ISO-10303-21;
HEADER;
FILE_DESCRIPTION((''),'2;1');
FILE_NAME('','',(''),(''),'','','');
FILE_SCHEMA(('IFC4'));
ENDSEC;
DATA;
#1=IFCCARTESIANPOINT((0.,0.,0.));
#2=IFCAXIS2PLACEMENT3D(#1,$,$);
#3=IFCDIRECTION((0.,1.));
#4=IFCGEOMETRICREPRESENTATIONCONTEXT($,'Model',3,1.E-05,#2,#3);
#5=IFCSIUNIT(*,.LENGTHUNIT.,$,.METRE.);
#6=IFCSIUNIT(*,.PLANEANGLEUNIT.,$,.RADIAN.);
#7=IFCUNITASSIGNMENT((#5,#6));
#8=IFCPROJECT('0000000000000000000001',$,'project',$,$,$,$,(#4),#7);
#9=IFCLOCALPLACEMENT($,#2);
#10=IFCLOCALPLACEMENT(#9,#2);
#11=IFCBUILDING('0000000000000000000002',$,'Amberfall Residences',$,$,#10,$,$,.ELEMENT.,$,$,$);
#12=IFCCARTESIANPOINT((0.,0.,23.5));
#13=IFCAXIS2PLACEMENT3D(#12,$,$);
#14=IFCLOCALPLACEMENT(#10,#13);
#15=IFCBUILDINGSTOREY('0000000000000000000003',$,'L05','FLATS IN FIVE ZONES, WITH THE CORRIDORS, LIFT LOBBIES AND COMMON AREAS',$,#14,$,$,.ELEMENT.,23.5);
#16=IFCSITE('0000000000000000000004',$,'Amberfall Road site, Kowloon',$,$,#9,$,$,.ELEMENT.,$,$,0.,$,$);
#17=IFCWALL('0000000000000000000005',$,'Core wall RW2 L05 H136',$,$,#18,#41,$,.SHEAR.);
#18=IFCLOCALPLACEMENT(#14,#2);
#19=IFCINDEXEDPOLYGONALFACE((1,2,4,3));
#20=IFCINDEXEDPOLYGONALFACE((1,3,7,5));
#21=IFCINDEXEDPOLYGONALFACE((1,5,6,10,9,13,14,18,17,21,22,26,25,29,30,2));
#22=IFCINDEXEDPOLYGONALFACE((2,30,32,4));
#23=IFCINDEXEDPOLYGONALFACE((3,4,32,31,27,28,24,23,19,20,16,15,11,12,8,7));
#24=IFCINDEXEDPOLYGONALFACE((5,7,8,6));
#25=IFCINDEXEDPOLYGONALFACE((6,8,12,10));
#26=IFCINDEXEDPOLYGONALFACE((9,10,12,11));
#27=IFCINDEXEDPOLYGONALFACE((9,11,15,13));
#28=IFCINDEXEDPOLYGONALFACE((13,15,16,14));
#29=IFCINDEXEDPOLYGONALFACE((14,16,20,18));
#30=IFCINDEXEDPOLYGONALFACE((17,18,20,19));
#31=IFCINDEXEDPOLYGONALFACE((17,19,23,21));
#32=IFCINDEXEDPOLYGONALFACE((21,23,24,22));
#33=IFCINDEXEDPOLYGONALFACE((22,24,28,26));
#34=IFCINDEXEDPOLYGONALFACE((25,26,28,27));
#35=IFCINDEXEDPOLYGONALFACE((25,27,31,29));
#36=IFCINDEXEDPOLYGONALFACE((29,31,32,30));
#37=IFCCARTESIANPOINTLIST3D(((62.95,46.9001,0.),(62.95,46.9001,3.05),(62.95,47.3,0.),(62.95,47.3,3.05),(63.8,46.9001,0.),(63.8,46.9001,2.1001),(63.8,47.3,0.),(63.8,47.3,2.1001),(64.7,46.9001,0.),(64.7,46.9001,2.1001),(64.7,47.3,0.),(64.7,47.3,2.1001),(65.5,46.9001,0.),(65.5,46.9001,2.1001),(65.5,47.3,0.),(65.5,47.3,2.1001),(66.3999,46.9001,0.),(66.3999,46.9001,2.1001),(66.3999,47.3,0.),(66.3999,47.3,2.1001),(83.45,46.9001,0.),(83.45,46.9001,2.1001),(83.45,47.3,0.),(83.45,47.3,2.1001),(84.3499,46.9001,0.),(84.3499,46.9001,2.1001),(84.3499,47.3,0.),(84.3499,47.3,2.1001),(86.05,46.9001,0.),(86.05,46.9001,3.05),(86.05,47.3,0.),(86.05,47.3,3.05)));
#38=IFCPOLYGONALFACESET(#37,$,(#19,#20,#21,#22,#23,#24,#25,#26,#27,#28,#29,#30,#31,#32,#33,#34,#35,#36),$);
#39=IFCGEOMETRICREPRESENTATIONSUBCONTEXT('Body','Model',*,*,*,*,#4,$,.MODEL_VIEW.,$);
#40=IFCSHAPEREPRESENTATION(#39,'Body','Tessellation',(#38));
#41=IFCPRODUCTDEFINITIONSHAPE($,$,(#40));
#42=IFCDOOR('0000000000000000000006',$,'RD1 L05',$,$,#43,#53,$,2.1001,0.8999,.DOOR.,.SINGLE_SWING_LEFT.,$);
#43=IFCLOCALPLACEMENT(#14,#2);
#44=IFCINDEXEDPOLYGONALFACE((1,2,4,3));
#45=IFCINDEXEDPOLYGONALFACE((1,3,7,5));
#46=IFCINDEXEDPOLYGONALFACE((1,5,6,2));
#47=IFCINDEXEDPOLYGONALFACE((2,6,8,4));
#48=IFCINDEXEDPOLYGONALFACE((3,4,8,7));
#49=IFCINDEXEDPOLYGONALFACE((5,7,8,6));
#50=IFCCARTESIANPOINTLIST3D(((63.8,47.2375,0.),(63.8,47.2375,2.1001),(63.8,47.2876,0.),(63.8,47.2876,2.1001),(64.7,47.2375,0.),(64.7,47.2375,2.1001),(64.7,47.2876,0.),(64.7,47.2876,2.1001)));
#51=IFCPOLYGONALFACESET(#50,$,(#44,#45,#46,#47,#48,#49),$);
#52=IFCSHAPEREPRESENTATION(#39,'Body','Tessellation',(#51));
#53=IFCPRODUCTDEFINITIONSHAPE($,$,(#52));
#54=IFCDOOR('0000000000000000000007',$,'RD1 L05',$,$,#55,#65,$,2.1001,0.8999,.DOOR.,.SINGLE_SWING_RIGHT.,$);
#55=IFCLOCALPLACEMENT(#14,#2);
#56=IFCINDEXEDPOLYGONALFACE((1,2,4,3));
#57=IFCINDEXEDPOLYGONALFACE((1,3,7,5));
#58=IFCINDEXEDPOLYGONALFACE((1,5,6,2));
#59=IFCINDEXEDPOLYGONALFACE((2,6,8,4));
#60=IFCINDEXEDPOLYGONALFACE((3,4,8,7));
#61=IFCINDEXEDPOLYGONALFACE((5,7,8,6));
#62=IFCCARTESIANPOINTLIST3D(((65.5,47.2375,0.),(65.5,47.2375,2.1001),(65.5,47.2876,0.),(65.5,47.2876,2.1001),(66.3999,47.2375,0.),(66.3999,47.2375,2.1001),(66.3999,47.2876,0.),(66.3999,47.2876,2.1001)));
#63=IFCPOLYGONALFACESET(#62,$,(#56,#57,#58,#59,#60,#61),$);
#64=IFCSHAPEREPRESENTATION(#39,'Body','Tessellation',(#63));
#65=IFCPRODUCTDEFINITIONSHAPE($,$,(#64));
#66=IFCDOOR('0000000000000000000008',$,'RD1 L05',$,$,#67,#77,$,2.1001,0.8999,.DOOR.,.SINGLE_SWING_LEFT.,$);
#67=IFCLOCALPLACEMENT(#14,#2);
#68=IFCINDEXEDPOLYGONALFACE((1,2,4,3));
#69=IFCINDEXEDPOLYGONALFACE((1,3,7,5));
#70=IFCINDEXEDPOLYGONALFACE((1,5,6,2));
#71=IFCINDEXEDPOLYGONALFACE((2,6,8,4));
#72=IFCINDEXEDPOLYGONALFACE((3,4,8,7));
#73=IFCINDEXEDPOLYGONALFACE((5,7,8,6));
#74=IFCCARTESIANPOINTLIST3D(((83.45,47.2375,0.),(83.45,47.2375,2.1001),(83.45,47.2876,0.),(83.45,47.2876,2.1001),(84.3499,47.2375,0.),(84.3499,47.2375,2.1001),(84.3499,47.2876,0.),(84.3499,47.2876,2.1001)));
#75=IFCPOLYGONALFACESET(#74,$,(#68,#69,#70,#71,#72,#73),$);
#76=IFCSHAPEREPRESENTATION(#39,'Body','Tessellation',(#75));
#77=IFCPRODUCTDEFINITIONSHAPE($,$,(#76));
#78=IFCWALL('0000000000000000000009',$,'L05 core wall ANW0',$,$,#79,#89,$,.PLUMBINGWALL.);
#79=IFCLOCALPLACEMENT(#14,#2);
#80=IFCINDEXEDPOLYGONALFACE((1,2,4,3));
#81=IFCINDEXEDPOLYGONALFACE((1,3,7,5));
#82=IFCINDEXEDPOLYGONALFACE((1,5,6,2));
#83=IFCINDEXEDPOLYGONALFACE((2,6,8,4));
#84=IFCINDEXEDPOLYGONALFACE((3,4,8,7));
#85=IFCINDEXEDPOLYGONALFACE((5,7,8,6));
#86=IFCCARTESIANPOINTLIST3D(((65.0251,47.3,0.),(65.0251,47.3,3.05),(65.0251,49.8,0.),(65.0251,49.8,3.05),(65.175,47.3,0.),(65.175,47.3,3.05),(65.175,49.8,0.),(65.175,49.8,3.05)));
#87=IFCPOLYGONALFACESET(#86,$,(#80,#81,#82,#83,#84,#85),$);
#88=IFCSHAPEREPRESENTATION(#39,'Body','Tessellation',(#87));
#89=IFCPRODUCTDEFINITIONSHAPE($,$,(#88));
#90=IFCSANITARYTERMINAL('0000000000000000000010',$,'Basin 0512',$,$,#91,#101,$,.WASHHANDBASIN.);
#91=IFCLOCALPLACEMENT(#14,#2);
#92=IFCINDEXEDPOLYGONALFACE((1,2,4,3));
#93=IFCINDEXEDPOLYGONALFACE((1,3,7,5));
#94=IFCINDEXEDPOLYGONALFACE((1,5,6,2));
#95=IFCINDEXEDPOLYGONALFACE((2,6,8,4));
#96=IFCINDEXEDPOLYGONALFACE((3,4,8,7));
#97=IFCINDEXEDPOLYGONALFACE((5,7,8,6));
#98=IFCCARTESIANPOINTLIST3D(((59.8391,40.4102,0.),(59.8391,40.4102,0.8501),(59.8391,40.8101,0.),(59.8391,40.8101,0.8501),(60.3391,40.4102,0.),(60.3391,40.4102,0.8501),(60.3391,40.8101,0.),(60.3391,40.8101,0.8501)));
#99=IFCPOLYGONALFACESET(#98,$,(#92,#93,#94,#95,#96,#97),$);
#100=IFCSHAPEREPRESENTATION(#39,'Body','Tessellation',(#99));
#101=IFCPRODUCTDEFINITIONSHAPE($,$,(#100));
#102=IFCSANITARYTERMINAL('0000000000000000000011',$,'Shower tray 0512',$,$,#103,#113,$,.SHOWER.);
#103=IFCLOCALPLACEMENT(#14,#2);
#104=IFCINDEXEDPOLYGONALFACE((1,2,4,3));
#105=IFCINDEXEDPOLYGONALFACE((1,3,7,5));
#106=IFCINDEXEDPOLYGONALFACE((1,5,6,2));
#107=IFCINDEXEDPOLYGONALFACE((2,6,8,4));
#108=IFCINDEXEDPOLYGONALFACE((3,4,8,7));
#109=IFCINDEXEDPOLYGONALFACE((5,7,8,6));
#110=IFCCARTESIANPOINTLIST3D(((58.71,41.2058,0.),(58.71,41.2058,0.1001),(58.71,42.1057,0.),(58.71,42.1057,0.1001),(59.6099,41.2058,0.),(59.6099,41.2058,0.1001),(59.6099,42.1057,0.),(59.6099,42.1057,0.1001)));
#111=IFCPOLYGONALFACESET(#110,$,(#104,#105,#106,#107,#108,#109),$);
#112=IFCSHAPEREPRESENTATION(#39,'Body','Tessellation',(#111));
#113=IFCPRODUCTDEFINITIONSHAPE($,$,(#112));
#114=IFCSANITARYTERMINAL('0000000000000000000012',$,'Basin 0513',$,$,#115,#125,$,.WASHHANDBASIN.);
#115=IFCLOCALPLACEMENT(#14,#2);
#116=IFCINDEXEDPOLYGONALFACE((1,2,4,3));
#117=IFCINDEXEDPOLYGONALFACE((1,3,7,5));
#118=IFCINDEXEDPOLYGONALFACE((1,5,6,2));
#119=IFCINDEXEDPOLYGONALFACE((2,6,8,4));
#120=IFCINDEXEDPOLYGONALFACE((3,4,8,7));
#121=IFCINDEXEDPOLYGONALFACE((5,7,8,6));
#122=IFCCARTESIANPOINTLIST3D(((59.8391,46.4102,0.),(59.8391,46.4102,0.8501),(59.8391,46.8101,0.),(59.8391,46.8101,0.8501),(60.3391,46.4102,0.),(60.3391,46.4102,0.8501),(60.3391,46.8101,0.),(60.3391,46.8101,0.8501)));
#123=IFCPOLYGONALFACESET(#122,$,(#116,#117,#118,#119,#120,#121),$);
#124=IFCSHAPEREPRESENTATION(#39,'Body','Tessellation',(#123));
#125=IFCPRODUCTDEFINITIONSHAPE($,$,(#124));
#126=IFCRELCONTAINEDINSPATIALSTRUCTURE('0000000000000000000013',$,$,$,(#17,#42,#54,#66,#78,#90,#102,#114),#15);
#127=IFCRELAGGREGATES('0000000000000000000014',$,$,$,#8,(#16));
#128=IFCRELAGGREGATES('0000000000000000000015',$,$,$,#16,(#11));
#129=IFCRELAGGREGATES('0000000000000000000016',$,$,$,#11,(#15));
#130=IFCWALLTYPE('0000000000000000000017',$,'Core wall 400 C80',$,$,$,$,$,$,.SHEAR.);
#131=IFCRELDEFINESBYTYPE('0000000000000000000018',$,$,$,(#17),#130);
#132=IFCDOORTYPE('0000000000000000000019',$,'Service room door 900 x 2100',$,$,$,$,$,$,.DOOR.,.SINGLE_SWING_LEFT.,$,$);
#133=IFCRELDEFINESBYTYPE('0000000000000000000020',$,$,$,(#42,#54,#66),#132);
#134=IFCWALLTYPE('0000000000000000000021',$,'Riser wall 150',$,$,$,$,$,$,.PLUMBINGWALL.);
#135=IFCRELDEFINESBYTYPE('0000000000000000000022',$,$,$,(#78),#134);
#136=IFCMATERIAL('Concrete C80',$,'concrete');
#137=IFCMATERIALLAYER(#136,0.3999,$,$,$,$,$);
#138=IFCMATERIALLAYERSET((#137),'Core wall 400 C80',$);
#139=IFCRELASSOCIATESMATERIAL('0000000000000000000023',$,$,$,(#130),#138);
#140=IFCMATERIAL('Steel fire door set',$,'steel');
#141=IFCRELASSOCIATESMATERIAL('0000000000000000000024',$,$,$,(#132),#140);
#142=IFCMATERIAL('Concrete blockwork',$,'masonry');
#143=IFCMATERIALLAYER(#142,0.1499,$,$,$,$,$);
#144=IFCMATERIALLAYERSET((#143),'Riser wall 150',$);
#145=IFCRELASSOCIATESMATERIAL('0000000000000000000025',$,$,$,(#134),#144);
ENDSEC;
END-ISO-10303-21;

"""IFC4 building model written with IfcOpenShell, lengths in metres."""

from ifc_helpers import new_model, si_unit, direction, frame, frame_2d, origin, origin_2d, place, context, subcontext, project, spatial, rectangle, extrude, material, layer, layer_set, type_object, element, fill, save


model = new_model("IFC4")

# Units and contexts
model_context = context("Model", 3, precision=1e-05, world=origin(), true_north=direction((0.0, 1.0)))
body_context = subcontext(model_context, "Body", "Model", "MODEL_VIEW")
ifc_project = project(units=[si_unit("LENGTHUNIT", "METRE"), si_unit("PLANEANGLEUNIT", "RADIAN")], contexts=[model_context])

# Site, building, storey
site_placement = place(None, origin())
site = spatial("IfcSite", under=ifc_project, at=site_placement, Name="Amberfall Road site, Kowloon", CompositionType="ELEMENT", RefElevation=0.0)
building_placement = place(site_placement, origin())
building = spatial("IfcBuilding", under=site, at=building_placement, Name="Amberfall Residences", CompositionType="ELEMENT")
storey_placement = place(building_placement, frame((0.0, 0.0, 23.5)))
storey = spatial("IfcBuildingStorey", under=building, at=storey_placement, Name="L05", Description="FLATS IN FIVE ZONES, WITH THE CORRIDORS, LIFT LOBBIES AND COMMON AREAS", CompositionType="ELEMENT", Elevation=23.5)

# Shared definitions
ifc_material_1 = material(Name="Concrete C80", Category="concrete")
ifc_layer_1 = layer(ifc_material_1, 0.3999)
ifc_layer_set_1 = layer_set([ifc_layer_1], Name="Core wall 400 C80")
wall_type_1 = type_object("IfcWallType", Name="Core wall 400 C80", PredefinedType="SHEAR", material=ifc_layer_set_1)

# Wall, openings, doors
ifc_material_2 = material(Name="Steel fire door set", Category="steel")
door_type_1 = type_object("IfcDoorType", Name="Service room door 900 x 2100", OperationType="SINGLE_SWING_LEFT", PredefinedType="DOOR", material=ifc_material_2)
wall_1_placement = place(storey_placement, frame((62.95, 47.1001, 0.0), z_axis=(0.0, 0.0, 1.0), x_axis=(1.0, 0.0, 0.0)))
wall_1 = element("IfcWall", 1, at=wall_1_placement, inside=storey, type_object=wall_type_1, Name="Core wall RW2 L05 H136", PredefinedType="SHEAR", context=body_context, shape_type="SweptSolid", body=[
    extrude(rectangle(XDim=23.1001, YDim=0.3999, at=frame_2d((11.55, 0.0))), origin(), (0.0, 0.0, 1.0), 3.05),
])
opening_1_placement = place(wall_1_placement, frame((0.8501, 0.0, 0.0)))
opening_1 = element("IfcOpeningElement", 2, at=opening_1_placement, cuts=wall_1, PredefinedType="OPENING", context=body_context, shape_type="SweptSolid", body=[
    extrude(rectangle(XDim=0.8999, YDim=2.1001, at=frame_2d((0.45, 1.05))), frame((0.0, 0.21, 0.0), z_axis=(0.0, -1.0, 0.0), x_axis=(1.0, 0.0, 0.0)), (0.0, 0.0, 1.0), 0.4199),
])
opening_2_placement = place(wall_1_placement, frame((2.55, 0.0, 0.0)))
opening_2 = element("IfcOpeningElement", 3, at=opening_2_placement, cuts=wall_1, PredefinedType="OPENING", context=body_context, shape_type="SweptSolid", body=[
    extrude(rectangle(XDim=0.8999, YDim=2.1001, at=frame_2d((0.45, 1.05))), frame((0.0, 0.21, 0.0), z_axis=(0.0, -1.0, 0.0), x_axis=(1.0, 0.0, 0.0)), (0.0, 0.0, 1.0), 0.4199),
])
opening_3_placement = place(wall_1_placement, frame((20.5, 0.0, 0.0)))
opening_3 = element("IfcOpeningElement", 4, at=opening_3_placement, cuts=wall_1, PredefinedType="OPENING", context=body_context, shape_type="SweptSolid", body=[
    extrude(rectangle(XDim=0.8999, YDim=2.1001, at=frame_2d((0.45, 1.05))), frame((0.0, 0.21, 0.0), z_axis=(0.0, -1.0, 0.0), x_axis=(1.0, 0.0, 0.0)), (0.0, 0.0, 1.0), 0.4199),
])
door_1_placement = place(opening_1_placement, origin())
door_1 = element("IfcDoor", 5, at=door_1_placement, inside=storey, type_object=door_type_1, Name="RD1 L05", OperationType="SINGLE_SWING_LEFT", OverallHeight=2.1001, OverallWidth=0.8999, PredefinedType="DOOR", context=body_context, shape_type="SweptSolid", body=[
    extrude(rectangle(XDim=0.8999, YDim=2.1001, at=frame_2d((0.45, 1.05))), frame((0.0, 0.1875, 0.0), z_axis=(0.0, -1.0, 0.0), x_axis=(1.0, 0.0, 0.0)), (0.0, 0.0, 1.0), 0.05),
])
fill(opening_1, door_1)
door_2_placement = place(opening_2_placement, origin())
door_2 = element("IfcDoor", 6, at=door_2_placement, inside=storey, type_object=door_type_1, Name="RD1 L05", OperationType="SINGLE_SWING_RIGHT", OverallHeight=2.1001, OverallWidth=0.8999, PredefinedType="DOOR", context=body_context, shape_type="SweptSolid", body=[
    extrude(rectangle(XDim=0.8999, YDim=2.1001, at=frame_2d((0.45, 1.05))), frame((0.0, 0.1875, 0.0), z_axis=(0.0, -1.0, 0.0), x_axis=(1.0, 0.0, 0.0)), (0.0, 0.0, 1.0), 0.05),
])
fill(opening_2, door_2)
door_3_placement = place(opening_3_placement, origin())
door_3 = element("IfcDoor", 7, at=door_3_placement, inside=storey, type_object=door_type_1, Name="RD1 L05", OperationType="SINGLE_SWING_LEFT", OverallHeight=2.1001, OverallWidth=0.8999, PredefinedType="DOOR", context=body_context, shape_type="SweptSolid", body=[
    extrude(rectangle(XDim=0.8999, YDim=2.1001, at=frame_2d((0.45, 1.05))), frame((0.0, 0.1875, 0.0), z_axis=(0.0, -1.0, 0.0), x_axis=(1.0, 0.0, 0.0)), (0.0, 0.0, 1.0), 0.05),
])
fill(opening_3, door_3)

# Wall
ifc_material_3 = material(Name="Concrete blockwork", Category="masonry")
ifc_layer_2 = layer(ifc_material_3, 0.1499)
ifc_layer_set_2 = layer_set([ifc_layer_2], Name="Riser wall 150")
wall_type_2 = type_object("IfcWallType", Name="Riser wall 150", PredefinedType="PLUMBINGWALL", material=ifc_layer_set_2)
wall_2_placement = place(storey_placement, frame((65.1001, 47.3, 0.0), z_axis=(0.0, 0.0, 1.0), x_axis=(0.0, 1.0, 0.0)))
element("IfcWall", 8, at=wall_2_placement, inside=storey, type_object=wall_type_2, Name="L05 core wall ANW0", PredefinedType="PLUMBINGWALL", context=body_context, shape_type="SweptSolid", body=[
    extrude(rectangle(XDim=2.5, YDim=0.1499, at=frame_2d((1.25, 0.0))), origin(), (0.0, 0.0, 1.0), 3.05),
])

# Sanitary terminals
sanitary_terminal_1_placement = place(storey_placement, frame((60.0891, 40.6101, 0.0), z_axis=(0.0, 0.0, 1.0), x_axis=(1.0, 0.0, 0.0)))
element("IfcSanitaryTerminal", 9, at=sanitary_terminal_1_placement, inside=storey, Name="Basin 0512", PredefinedType="WASHHANDBASIN", context=body_context, shape_type="SweptSolid", body=[
    extrude(rectangle(XDim=0.5, YDim=0.3999, at=origin_2d()), origin(), (0.0, 0.0, 1.0), 0.8501),
])
sanitary_terminal_2_placement = place(storey_placement, frame((59.1599, 41.6558, 0.0), z_axis=(0.0, 0.0, 1.0), x_axis=(1.0, 0.0, 0.0)))
element("IfcSanitaryTerminal", 10, at=sanitary_terminal_2_placement, inside=storey, Name="Shower tray 0512", PredefinedType="SHOWER", context=body_context, shape_type="SweptSolid", body=[
    extrude(rectangle(XDim=0.8999, YDim=0.8999, at=origin_2d()), origin(), (0.0, 0.0, 1.0), 0.1001),
])
sanitary_terminal_3_placement = place(storey_placement, frame((60.0891, 46.6101, 0.0), z_axis=(0.0, 0.0, 1.0), x_axis=(1.0, 0.0, 0.0)))
element("IfcSanitaryTerminal", 11, at=sanitary_terminal_3_placement, inside=storey, Name="Basin 0513", PredefinedType="WASHHANDBASIN", context=body_context, shape_type="SweptSolid", body=[
    extrude(rectangle(XDim=0.5, YDim=0.3999, at=origin_2d()), origin(), (0.0, 0.0, 1.0), 0.8501),
])

save(model, "model.ifc")
